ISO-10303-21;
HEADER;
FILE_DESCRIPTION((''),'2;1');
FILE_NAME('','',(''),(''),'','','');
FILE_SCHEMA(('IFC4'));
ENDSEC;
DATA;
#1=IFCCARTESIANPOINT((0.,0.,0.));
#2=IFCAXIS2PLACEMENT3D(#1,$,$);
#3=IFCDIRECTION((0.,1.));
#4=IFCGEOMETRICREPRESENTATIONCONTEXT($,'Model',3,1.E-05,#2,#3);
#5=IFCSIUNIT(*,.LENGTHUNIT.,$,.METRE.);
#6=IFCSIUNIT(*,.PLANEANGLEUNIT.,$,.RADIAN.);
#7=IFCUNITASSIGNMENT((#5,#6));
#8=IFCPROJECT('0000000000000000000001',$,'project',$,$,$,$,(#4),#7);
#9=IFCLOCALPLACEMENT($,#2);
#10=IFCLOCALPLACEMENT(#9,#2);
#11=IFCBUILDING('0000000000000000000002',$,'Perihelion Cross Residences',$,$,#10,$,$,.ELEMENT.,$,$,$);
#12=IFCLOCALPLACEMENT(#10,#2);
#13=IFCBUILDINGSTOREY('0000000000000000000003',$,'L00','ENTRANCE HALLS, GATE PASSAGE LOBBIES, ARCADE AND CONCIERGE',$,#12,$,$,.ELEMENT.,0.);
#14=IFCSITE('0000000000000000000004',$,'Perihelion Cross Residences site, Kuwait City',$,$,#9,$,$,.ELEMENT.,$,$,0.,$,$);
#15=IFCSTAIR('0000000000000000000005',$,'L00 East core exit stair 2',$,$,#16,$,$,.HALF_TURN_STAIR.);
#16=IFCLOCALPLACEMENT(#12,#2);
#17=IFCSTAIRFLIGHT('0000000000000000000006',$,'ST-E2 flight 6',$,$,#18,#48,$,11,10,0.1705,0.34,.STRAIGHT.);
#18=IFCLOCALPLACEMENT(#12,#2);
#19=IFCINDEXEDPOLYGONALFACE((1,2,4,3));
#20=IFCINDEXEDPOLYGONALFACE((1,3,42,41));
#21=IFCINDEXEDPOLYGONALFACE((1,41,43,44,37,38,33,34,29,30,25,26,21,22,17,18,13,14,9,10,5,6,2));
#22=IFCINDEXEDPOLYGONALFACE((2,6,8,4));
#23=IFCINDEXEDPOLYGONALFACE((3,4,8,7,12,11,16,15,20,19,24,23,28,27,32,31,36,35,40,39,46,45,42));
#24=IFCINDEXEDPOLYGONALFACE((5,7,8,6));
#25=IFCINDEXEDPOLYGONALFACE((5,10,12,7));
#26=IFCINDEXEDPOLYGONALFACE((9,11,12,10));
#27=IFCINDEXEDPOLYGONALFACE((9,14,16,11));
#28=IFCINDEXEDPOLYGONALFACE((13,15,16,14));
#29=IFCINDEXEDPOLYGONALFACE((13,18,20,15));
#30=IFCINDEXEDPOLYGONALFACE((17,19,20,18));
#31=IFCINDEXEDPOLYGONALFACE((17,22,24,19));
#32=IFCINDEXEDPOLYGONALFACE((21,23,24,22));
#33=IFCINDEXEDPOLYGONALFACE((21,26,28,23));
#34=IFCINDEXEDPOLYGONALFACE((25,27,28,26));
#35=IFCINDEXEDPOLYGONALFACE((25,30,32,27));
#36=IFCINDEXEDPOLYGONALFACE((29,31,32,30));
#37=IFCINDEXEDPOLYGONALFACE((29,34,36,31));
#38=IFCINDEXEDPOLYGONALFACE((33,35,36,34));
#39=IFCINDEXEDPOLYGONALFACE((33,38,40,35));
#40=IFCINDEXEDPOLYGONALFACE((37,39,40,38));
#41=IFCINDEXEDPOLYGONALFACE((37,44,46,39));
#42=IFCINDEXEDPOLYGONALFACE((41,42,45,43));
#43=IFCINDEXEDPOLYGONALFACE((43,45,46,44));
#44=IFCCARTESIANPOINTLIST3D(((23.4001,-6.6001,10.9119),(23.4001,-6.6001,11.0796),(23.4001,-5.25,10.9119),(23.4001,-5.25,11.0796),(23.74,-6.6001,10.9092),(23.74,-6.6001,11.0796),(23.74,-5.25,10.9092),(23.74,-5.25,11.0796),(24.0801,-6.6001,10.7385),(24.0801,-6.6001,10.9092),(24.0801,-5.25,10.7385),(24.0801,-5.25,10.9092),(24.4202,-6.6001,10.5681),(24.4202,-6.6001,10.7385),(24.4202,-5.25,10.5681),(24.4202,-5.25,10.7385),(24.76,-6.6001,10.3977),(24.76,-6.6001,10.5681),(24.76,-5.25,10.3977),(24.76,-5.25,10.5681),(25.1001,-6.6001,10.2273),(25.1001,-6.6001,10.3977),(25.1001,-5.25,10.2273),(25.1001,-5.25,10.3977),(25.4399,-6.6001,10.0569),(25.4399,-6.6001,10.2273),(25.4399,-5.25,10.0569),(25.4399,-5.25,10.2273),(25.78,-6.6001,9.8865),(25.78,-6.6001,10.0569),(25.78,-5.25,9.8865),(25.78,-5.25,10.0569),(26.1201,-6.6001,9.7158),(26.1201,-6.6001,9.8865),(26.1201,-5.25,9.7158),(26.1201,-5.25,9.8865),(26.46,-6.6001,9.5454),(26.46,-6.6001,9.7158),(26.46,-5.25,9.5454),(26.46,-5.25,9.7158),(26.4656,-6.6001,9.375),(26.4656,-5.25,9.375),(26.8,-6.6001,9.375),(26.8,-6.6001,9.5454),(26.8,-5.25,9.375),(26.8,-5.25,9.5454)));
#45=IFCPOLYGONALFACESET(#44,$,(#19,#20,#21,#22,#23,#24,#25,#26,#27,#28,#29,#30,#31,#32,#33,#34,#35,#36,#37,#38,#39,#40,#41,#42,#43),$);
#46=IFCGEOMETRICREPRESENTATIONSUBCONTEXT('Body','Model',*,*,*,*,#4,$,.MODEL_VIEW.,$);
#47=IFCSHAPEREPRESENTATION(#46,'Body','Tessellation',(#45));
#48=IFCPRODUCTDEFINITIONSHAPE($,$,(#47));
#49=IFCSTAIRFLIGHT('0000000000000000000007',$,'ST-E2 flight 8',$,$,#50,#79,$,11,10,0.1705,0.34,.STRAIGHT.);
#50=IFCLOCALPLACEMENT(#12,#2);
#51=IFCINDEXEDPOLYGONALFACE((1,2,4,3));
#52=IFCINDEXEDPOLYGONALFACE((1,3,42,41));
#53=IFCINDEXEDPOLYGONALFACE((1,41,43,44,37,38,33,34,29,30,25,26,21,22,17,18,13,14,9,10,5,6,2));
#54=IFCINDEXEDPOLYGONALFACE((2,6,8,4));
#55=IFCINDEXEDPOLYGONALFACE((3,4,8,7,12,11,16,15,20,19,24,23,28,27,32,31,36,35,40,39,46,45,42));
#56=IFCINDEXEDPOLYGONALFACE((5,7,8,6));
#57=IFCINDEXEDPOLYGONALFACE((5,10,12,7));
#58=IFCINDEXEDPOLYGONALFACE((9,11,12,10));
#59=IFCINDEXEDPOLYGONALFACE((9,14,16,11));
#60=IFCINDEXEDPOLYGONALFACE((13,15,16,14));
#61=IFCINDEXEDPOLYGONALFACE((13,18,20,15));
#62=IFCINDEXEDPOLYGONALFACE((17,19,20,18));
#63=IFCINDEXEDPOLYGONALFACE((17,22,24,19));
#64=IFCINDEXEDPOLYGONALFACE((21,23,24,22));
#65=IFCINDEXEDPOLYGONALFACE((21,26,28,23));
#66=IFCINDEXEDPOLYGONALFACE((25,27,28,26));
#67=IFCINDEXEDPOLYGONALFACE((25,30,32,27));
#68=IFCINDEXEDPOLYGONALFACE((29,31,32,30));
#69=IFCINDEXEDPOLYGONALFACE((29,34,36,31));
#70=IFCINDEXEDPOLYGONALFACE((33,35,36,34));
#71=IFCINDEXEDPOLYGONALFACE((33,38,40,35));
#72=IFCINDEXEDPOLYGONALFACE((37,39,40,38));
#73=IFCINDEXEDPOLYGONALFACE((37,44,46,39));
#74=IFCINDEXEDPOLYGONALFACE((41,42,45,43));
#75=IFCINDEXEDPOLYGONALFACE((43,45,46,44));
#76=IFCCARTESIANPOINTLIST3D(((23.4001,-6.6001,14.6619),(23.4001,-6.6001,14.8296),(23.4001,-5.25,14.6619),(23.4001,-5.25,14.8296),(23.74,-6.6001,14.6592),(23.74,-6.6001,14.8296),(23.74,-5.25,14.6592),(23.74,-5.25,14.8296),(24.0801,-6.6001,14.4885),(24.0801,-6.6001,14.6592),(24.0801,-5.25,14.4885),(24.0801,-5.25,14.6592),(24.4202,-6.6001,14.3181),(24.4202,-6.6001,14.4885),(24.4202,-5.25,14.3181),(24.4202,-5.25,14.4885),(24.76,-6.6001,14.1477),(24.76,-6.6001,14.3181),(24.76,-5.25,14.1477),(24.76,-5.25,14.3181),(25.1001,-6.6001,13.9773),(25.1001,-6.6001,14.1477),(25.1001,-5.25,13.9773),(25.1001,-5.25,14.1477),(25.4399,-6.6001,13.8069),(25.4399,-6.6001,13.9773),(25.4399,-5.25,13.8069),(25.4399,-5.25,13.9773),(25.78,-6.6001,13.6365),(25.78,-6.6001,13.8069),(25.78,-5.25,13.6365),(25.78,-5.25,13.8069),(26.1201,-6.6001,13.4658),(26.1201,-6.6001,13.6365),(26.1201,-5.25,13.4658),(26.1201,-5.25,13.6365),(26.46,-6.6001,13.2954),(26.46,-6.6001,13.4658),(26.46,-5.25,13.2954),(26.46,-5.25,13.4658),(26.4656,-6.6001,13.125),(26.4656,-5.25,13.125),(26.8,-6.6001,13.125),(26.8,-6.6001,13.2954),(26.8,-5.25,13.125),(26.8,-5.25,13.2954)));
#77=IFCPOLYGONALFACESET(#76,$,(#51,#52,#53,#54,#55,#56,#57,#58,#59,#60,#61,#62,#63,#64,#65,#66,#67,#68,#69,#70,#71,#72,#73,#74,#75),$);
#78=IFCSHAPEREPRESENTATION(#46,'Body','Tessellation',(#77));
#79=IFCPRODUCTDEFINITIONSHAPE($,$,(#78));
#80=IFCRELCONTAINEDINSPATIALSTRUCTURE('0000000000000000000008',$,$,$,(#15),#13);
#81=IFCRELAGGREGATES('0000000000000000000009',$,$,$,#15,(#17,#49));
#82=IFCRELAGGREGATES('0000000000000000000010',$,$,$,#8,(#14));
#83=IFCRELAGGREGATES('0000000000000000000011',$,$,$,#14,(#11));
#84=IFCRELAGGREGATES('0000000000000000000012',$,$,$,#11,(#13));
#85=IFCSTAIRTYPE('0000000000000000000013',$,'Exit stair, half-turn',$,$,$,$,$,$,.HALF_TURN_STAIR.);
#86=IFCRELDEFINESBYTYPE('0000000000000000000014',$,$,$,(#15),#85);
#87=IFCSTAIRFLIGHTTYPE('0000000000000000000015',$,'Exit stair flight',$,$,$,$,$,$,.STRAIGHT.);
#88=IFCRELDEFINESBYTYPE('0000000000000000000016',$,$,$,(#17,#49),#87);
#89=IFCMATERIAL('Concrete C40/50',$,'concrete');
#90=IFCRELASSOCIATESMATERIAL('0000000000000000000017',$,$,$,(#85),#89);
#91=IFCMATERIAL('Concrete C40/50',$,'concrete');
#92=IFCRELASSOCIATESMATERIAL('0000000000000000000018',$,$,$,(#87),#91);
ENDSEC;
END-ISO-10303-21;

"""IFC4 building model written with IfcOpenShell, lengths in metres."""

from ifc_helpers import new_model, si_unit, direction, frame, origin, place, context, subcontext, project, spatial, polyline, outline, extrude, material, type_object, element, aggregate, save


model = new_model("IFC4")

# Units and contexts
model_context = context("Model", 3, precision=1e-05, world=origin(), true_north=direction((0.0, 1.0)))
body_context = subcontext(model_context, "Body", "Model", "MODEL_VIEW")
ifc_project = project(units=[si_unit("LENGTHUNIT", "METRE"), si_unit("PLANEANGLEUNIT", "RADIAN")], contexts=[model_context])

# Site, building, storey
site_placement = place(None, origin())
site = spatial("IfcSite", under=ifc_project, at=site_placement, Name="Perihelion Cross Residences site, Kuwait City", CompositionType="ELEMENT", RefElevation=0.0)
building_placement = place(site_placement, origin())
building = spatial("IfcBuilding", under=site, at=building_placement, Name="Perihelion Cross Residences", CompositionType="ELEMENT")
storey_placement = place(building_placement, origin())
storey = spatial("IfcBuildingStorey", under=building, at=storey_placement, Name="L00", Description="ENTRANCE HALLS, GATE PASSAGE LOBBIES, ARCADE AND CONCIERGE", CompositionType="ELEMENT", Elevation=0.0)

# Stair, stair flights
ifc_material_1 = material(Name="Concrete C40/50", Category="concrete")
stair_type = type_object("IfcStairType", Name="Exit stair, half-turn", PredefinedType="HALF_TURN_STAIR", material=ifc_material_1)
stair_placement = place(storey_placement, origin())
stair = element("IfcStair", 1, at=stair_placement, inside=storey, type_object=stair_type, Name="L00 East core exit stair 2", PredefinedType="HALF_TURN_STAIR")
ifc_material_2 = material(Name="Concrete C40/50", Category="concrete")
stair_flight_type = type_object("IfcStairFlightType", Name="Exit stair flight", PredefinedType="STRAIGHT", material=ifc_material_2)
stair_flight_1_placement = place(storey_placement, frame((26.8, -5.925, 9.375), z_axis=(0.0, 0.0, 1.0), x_axis=(-1.0, 0.0, 0.0)))
stair_flight_1 = element("IfcStairFlight", 2, at=stair_flight_1_placement, type_object=stair_flight_type, Name="ST-E2 flight 6", NumberOfRisers=11, NumberOfTreads=10, PredefinedType="STRAIGHT", RiserHeight=0.1705, TreadLength=0.34, context=body_context, shape_type="SweptSolid", body=[
    extrude(outline(polyline([(0.0, 0.0), (0.0, 0.1704), (0.3401, 0.1704), (0.3401, 0.3408), (0.6799, 0.3408), (0.6799, 0.5115), (1.02, 0.5115), (1.02, 0.6819), (1.3601, 0.6819), (1.3601, 0.8523), (1.7, 0.8523), (1.7, 1.0227), (2.04, 1.0227), (2.04, 1.1931), (2.3799, 1.1931), (2.3799, 1.3635), (2.72, 1.3635), (2.72, 1.5342), (3.0601, 1.5342), (3.0601, 1.7046), (3.3999, 1.7046), (3.3999, 1.875), (3.3999, 1.5369), (0.3345, 0.0), (0.0, 0.0)])), frame((0.0, 0.675, 0.0), z_axis=(0.0, -1.0, 0.0), x_axis=(1.0, 0.0, 0.0)), (0.0, 0.0, 1.0), 1.3501),
])
stair_flight_2_placement = place(storey_placement, frame((26.8, -5.925, 13.125), z_axis=(0.0, 0.0, 1.0), x_axis=(-1.0, 0.0, 0.0)))
stair_flight_2 = element("IfcStairFlight", 3, at=stair_flight_2_placement, type_object=stair_flight_type, Name="ST-E2 flight 8", NumberOfRisers=11, NumberOfTreads=10, PredefinedType="STRAIGHT", RiserHeight=0.1705, TreadLength=0.34, context=body_context, shape_type="SweptSolid", body=[
    extrude(outline(polyline([(0.0, 0.0), (0.0, 0.1704), (0.3401, 0.1704), (0.3401, 0.3408), (0.6799, 0.3408), (0.6799, 0.5115), (1.02, 0.5115), (1.02, 0.6819), (1.3601, 0.6819), (1.3601, 0.8523), (1.7, 0.8523), (1.7, 1.0227), (2.04, 1.0227), (2.04, 1.1931), (2.3799, 1.1931), (2.3799, 1.3635), (2.72, 1.3635), (2.72, 1.5342), (3.0601, 1.5342), (3.0601, 1.7046), (3.3999, 1.7046), (3.3999, 1.875), (3.3999, 1.5369), (0.3345, 0.0), (0.0, 0.0)])), frame((0.0, 0.675, 0.0), z_axis=(0.0, -1.0, 0.0), x_axis=(1.0, 0.0, 0.0)), (0.0, 0.0, 1.0), 1.3501),
])
aggregate(stair, [stair_flight_1, stair_flight_2])

save(model, "model.ifc")
